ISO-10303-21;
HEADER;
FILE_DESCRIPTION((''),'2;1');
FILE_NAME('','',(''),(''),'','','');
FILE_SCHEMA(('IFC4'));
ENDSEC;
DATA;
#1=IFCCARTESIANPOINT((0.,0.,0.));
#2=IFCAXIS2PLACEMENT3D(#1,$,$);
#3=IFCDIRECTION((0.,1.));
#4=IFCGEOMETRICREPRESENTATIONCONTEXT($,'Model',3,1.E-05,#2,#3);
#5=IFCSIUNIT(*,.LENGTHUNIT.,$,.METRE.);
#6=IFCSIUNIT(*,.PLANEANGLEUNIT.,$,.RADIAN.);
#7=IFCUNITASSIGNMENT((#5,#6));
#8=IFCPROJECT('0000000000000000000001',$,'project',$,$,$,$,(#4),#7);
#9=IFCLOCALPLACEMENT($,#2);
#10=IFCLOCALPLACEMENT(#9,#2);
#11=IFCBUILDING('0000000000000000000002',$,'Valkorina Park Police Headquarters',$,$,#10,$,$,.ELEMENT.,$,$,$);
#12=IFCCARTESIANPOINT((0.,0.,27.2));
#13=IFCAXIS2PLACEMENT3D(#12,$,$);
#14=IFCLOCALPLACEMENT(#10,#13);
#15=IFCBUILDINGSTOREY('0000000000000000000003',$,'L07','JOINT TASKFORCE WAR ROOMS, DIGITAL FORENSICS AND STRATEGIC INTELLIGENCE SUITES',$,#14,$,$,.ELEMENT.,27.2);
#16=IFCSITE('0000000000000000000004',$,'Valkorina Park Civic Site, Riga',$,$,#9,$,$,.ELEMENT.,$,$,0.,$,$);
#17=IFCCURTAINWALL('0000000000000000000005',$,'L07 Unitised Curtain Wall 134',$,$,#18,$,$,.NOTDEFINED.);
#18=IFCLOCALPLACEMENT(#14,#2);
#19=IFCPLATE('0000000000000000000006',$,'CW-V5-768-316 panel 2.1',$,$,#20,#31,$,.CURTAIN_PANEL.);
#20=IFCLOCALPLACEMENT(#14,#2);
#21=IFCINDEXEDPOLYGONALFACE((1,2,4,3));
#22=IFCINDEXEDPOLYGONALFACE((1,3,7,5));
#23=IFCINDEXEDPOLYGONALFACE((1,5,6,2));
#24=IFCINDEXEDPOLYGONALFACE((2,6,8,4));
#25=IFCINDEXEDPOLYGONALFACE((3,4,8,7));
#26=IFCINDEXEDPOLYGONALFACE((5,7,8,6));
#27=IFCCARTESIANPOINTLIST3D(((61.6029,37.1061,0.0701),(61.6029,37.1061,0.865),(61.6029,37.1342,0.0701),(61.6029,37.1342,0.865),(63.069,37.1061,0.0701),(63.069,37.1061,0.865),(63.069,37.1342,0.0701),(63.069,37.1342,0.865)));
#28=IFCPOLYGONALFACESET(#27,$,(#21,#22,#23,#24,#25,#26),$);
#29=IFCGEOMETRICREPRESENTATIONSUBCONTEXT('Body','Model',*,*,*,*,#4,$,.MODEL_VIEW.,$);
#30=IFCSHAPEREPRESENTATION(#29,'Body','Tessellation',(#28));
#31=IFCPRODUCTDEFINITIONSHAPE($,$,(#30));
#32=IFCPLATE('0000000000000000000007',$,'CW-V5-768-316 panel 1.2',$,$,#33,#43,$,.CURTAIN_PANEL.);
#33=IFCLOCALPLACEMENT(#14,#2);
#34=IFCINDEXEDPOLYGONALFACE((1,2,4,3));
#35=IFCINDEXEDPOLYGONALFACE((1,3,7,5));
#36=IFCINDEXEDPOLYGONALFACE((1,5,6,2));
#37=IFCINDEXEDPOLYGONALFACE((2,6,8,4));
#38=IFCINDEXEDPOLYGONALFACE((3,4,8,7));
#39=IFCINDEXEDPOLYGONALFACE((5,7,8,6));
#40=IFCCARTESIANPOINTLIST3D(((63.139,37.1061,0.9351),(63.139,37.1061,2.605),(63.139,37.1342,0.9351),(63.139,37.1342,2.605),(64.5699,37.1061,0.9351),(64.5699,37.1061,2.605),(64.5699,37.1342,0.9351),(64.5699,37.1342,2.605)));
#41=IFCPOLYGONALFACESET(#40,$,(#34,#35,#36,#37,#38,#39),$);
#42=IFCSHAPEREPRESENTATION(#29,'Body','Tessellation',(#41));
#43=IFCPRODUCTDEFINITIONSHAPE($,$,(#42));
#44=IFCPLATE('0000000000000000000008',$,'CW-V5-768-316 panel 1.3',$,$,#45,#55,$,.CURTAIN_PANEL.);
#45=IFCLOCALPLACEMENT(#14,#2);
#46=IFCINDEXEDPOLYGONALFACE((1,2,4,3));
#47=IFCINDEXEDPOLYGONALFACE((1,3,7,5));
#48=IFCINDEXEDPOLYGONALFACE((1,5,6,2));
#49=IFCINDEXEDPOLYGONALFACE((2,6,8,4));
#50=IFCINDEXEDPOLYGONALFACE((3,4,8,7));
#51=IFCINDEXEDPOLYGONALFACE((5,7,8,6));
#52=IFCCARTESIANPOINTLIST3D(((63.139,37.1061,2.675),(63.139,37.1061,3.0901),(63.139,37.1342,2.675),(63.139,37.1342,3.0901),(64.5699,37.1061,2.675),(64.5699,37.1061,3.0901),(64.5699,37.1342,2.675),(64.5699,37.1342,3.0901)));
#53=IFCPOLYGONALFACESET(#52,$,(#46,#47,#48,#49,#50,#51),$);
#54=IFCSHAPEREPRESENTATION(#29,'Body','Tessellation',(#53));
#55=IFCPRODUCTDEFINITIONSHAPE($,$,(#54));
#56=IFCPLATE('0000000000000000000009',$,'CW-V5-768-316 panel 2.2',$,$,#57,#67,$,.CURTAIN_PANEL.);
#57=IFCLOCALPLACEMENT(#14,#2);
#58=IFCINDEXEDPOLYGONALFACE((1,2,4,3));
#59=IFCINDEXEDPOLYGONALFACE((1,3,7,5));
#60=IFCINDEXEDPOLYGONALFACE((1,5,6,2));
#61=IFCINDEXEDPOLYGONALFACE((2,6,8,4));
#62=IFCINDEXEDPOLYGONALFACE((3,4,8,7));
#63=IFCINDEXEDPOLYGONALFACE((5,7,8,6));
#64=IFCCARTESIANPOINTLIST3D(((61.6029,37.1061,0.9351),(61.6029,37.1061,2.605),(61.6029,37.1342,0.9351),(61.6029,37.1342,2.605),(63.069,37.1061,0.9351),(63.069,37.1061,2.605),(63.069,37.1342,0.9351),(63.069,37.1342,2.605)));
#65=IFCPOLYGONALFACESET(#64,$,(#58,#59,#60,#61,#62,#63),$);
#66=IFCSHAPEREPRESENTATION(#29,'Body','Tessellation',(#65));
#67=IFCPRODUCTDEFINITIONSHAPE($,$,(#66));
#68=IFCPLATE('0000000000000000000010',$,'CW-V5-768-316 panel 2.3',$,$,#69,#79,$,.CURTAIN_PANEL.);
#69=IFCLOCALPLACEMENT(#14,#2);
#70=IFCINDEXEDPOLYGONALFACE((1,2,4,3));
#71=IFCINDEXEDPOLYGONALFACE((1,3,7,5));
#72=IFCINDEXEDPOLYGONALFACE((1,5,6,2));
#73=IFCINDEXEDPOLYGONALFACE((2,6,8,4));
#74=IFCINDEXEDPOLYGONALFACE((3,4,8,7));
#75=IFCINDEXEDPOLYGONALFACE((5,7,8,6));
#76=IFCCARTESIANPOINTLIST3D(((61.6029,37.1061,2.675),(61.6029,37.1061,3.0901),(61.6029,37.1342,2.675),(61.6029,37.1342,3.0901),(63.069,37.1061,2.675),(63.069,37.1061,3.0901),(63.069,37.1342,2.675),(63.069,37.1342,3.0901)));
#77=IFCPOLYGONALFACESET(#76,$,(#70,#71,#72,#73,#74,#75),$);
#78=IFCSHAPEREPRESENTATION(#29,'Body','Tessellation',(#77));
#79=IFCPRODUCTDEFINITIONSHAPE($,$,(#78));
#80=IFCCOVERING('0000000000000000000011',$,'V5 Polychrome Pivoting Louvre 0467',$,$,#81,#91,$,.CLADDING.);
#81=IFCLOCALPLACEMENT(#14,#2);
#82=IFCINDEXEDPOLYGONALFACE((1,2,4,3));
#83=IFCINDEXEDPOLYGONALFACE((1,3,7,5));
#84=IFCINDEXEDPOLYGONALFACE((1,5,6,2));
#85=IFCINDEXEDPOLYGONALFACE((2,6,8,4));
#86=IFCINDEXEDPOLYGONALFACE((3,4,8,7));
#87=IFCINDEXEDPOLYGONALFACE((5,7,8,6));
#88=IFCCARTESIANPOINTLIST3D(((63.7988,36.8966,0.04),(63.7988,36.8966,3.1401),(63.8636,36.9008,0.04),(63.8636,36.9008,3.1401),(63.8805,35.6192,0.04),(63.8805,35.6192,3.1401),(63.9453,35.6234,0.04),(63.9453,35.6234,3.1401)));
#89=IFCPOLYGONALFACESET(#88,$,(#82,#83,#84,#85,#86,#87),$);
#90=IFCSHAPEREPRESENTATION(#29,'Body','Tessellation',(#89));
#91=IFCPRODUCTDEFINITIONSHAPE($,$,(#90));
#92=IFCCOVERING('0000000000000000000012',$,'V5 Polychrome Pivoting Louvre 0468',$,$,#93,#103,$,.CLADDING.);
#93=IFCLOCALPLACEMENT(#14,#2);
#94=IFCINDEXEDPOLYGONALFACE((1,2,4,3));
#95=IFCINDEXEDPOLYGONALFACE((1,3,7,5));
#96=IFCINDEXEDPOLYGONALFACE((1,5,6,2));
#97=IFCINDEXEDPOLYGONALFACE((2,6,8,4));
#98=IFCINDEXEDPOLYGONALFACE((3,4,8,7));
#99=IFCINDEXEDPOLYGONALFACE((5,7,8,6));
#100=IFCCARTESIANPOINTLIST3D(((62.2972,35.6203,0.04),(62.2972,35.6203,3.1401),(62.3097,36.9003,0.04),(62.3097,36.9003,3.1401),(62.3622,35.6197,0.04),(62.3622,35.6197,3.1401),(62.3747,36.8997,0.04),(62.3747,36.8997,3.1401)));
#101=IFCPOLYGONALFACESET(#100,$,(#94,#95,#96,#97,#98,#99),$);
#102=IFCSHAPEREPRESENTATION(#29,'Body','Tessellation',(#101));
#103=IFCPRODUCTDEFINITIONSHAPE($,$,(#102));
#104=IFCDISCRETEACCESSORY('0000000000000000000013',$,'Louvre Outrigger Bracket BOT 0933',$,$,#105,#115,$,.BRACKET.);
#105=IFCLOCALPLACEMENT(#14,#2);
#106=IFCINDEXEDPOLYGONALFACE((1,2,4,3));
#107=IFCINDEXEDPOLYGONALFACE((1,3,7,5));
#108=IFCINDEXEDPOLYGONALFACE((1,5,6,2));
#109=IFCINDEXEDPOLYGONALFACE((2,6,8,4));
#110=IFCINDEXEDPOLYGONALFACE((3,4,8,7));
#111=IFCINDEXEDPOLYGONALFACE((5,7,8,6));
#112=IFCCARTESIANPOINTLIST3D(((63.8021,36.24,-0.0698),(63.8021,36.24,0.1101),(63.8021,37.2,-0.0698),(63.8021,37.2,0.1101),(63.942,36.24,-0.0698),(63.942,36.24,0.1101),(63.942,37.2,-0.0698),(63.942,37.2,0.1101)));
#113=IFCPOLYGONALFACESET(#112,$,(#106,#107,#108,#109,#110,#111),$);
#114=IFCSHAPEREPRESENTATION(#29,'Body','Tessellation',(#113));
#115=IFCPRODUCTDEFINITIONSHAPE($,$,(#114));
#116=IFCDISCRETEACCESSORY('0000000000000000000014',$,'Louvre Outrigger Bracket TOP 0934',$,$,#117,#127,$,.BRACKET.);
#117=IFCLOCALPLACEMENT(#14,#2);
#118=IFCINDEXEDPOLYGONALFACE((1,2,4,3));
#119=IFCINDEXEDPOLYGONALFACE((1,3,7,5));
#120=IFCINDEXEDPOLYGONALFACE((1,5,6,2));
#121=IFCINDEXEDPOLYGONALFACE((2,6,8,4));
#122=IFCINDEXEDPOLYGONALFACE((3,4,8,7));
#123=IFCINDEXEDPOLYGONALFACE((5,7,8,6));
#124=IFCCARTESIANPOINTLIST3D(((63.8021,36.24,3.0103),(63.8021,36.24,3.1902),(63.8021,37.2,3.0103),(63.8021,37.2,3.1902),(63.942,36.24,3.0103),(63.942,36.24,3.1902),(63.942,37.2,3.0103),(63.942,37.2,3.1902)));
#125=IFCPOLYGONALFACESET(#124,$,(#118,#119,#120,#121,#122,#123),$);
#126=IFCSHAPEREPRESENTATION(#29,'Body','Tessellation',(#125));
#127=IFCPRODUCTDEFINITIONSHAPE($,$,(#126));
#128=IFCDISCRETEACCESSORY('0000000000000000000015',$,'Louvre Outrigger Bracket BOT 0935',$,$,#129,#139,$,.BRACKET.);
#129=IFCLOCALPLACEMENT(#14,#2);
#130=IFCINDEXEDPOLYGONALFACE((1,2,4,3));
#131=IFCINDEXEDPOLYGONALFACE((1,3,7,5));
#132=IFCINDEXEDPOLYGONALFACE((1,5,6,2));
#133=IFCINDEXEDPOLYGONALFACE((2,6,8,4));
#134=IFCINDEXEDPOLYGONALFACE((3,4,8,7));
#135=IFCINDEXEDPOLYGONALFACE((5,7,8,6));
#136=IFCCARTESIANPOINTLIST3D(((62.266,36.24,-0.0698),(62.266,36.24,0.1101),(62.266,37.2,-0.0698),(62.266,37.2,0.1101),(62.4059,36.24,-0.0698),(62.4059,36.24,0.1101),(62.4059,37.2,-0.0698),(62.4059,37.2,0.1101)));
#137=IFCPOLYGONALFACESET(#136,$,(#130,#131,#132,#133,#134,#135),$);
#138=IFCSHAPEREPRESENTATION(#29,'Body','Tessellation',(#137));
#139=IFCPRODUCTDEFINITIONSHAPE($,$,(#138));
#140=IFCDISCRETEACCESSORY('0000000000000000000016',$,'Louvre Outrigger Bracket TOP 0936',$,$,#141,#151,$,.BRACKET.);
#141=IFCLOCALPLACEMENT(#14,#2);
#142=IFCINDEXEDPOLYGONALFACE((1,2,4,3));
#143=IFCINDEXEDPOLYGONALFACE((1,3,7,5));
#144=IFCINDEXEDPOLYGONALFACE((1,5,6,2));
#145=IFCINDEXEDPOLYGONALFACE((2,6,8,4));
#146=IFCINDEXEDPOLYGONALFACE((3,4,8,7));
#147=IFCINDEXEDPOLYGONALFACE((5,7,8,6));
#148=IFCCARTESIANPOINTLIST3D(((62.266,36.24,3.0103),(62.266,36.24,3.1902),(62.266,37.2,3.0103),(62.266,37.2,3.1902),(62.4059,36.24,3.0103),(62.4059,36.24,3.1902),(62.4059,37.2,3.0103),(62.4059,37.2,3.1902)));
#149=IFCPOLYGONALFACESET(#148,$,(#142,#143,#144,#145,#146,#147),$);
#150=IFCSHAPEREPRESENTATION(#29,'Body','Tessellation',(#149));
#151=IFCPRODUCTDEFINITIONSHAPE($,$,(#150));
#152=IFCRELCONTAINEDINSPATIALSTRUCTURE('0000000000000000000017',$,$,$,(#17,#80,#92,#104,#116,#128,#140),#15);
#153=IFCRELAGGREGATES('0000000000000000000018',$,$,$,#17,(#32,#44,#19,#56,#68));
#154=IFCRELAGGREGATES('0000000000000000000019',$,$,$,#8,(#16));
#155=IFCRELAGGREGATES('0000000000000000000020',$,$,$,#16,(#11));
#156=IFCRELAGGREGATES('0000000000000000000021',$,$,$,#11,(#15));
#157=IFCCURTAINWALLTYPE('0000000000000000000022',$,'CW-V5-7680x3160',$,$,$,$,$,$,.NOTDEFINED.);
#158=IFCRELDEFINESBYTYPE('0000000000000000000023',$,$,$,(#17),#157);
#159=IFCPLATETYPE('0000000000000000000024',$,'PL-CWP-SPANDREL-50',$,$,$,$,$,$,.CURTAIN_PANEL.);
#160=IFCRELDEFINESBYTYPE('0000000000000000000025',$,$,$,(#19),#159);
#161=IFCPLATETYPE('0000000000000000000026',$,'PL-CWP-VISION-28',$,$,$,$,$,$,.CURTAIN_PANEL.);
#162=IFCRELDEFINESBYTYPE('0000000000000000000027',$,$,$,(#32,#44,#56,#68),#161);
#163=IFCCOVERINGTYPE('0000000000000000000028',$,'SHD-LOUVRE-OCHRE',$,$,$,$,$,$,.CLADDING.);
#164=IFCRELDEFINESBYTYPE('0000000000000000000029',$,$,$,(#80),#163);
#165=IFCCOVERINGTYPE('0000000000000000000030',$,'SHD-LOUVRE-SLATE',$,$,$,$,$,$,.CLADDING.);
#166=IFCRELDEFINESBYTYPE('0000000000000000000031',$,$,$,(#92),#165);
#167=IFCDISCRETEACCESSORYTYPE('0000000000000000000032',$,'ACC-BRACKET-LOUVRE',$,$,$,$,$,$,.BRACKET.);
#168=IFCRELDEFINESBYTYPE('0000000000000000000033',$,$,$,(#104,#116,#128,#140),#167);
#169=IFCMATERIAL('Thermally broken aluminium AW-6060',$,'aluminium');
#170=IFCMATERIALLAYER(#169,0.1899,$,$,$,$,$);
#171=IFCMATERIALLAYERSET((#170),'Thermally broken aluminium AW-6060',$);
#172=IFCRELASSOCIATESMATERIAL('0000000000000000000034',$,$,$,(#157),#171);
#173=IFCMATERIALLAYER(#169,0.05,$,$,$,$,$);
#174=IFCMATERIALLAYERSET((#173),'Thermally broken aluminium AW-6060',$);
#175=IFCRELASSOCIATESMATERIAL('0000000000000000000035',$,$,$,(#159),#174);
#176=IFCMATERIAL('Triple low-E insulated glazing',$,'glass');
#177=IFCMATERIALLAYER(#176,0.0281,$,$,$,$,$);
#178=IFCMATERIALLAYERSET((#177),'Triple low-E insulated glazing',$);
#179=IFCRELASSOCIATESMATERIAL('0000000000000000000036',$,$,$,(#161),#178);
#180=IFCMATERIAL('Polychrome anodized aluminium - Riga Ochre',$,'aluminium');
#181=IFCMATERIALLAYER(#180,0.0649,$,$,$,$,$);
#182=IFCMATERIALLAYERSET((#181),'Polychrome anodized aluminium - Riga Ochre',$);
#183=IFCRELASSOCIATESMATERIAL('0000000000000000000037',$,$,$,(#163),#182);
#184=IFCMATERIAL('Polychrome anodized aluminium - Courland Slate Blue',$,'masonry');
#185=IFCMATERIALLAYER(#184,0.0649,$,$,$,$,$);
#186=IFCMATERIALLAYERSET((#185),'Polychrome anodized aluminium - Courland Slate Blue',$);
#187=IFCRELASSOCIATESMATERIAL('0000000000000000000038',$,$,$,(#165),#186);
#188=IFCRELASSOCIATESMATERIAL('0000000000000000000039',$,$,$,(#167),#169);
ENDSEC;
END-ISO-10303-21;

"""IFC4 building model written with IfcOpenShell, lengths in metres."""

from ifc_helpers import new_model, si_unit, direction, frame, origin, origin_2d, place, context, subcontext, project, spatial, rectangle, extrude, material, layer, layer_set, type_object, element, aggregate, save


model = new_model("IFC4")

# Units and contexts
model_context = context("Model", 3, precision=1e-05, world=origin(), true_north=direction((0.0, 1.0)))
body_context = subcontext(model_context, "Body", "Model", "MODEL_VIEW")
ifc_project = project(units=[si_unit("LENGTHUNIT", "METRE"), si_unit("PLANEANGLEUNIT", "RADIAN")], contexts=[model_context])

# Site, building, storey
site_placement = place(None, origin())
site = spatial("IfcSite", under=ifc_project, at=site_placement, Name="Valkorina Park Civic Site, Riga", CompositionType="ELEMENT", RefElevation=0.0)
building_placement = place(site_placement, origin())
building = spatial("IfcBuilding", under=site, at=building_placement, Name="Valkorina Park Police Headquarters", CompositionType="ELEMENT")
storey_placement = place(building_placement, frame((0.0, 0.0, 27.2)))
storey = spatial("IfcBuildingStorey", under=building, at=storey_placement, Name="L07", Description="JOINT TASKFORCE WAR ROOMS, DIGITAL FORENSICS AND STRATEGIC INTELLIGENCE SUITES", CompositionType="ELEMENT", Elevation=27.2)

# Curtain wall, plates
ifc_material_1 = material(Name="Thermally broken aluminium AW-6060", Category="aluminium")
ifc_layer_1 = layer(ifc_material_1, 0.1899)
ifc_layer_set_1 = layer_set([ifc_layer_1], Name="Thermally broken aluminium AW-6060")
curtain_wall_type = type_object("IfcCurtainWallType", Name="CW-V5-7680x3160", PredefinedType="NOTDEFINED", material=ifc_layer_set_1)
curtain_wall_placement = place(storey_placement, origin())
curtain_wall = element("IfcCurtainWall", 1, at=curtain_wall_placement, inside=storey, type_object=curtain_wall_type, Name="L07 Unitised Curtain Wall 134", PredefinedType="NOTDEFINED")
ifc_layer_2 = layer(ifc_material_1, 0.05)
ifc_layer_set_2 = layer_set([ifc_layer_2], Name="Thermally broken aluminium AW-6060")
plate_type_1 = type_object("IfcPlateType", Name="PL-CWP-SPANDREL-50", PredefinedType="CURTAIN_PANEL", material=ifc_layer_set_2)
plate_1_placement = place(storey_placement, frame((62.3359, 37.1201, 0.0701), z_axis=(0.0, 0.0, 1.0), x_axis=(-1.0, 0.0, 0.0)))
plate_1 = element("IfcPlate", 2, at=plate_1_placement, type_object=plate_type_1, Name="CW-V5-768-316 panel 2.1", PredefinedType="CURTAIN_PANEL", context=body_context, shape_type="SweptSolid", body=[
    extrude(rectangle(XDim=1.4661, YDim=0.0281, at=origin_2d()), origin(), (0.0, 0.0, 1.0), 0.7949),
])
ifc_material_2 = material(Name="Triple low-E insulated glazing", Category="glass")
ifc_layer_3 = layer(ifc_material_2, 0.0281)
ifc_layer_set_3 = layer_set([ifc_layer_3], Name="Triple low-E insulated glazing")
plate_type_2 = type_object("IfcPlateType", Name="PL-CWP-VISION-28", PredefinedType="CURTAIN_PANEL", material=ifc_layer_set_3)
plate_2_placement = place(storey_placement, frame((63.8545, 37.1201, 0.9351), z_axis=(0.0, 0.0, 1.0), x_axis=(-1.0, 0.0, 0.0)))
plate_2 = element("IfcPlate", 3, at=plate_2_placement, type_object=plate_type_2, Name="CW-V5-768-316 panel 1.2", PredefinedType="CURTAIN_PANEL", context=body_context, shape_type="SweptSolid", body=[
    extrude(rectangle(XDim=1.4309, YDim=0.0281, at=origin_2d()), origin(), (0.0, 0.0, 1.0), 1.6699),
])
plate_3_placement = place(storey_placement, frame((63.8545, 37.1201, 2.675), z_axis=(0.0, 0.0, 1.0), x_axis=(-1.0, 0.0, 0.0)))
plate_3 = element("IfcPlate", 4, at=plate_3_placement, type_object=plate_type_2, Name="CW-V5-768-316 panel 1.3", PredefinedType="CURTAIN_PANEL", context=body_context, shape_type="SweptSolid", body=[
    extrude(rectangle(XDim=1.4309, YDim=0.0281, at=origin_2d()), origin(), (0.0, 0.0, 1.0), 0.415),
])
plate_4_placement = place(storey_placement, frame((62.3359, 37.1201, 0.9351), z_axis=(0.0, 0.0, 1.0), x_axis=(-1.0, 0.0, 0.0)))
plate_4 = element("IfcPlate", 5, at=plate_4_placement, type_object=plate_type_2, Name="CW-V5-768-316 panel 2.2", PredefinedType="CURTAIN_PANEL", context=body_context, shape_type="SweptSolid", body=[
    extrude(rectangle(XDim=1.4661, YDim=0.0281, at=origin_2d()), origin(), (0.0, 0.0, 1.0), 1.6699),
])
plate_5_placement = place(storey_placement, frame((62.3359, 37.1201, 2.675), z_axis=(0.0, 0.0, 1.0), x_axis=(-1.0, 0.0, 0.0)))
plate_5 = element("IfcPlate", 6, at=plate_5_placement, type_object=plate_type_2, Name="CW-V5-768-316 panel 2.3", PredefinedType="CURTAIN_PANEL", context=body_context, shape_type="SweptSolid", body=[
    extrude(rectangle(XDim=1.4661, YDim=0.0281, at=origin_2d()), origin(), (0.0, 0.0, 1.0), 0.415),
])
aggregate(curtain_wall, [plate_2, plate_3, plate_1, plate_4, plate_5])

# Coverings
ifc_material_3 = material(Name="Polychrome anodized aluminium - Riga Ochre", Category="aluminium")
ifc_layer_4 = layer(ifc_material_3, 0.0649)
ifc_layer_set_4 = layer_set([ifc_layer_4], Name="Polychrome anodized aluminium - Riga Ochre")
covering_type_1 = type_object("IfcCoveringType", Name="SHD-LOUVRE-OCHRE", PredefinedType="CLADDING", material=ifc_layer_set_4)
covering_1_placement = place(storey_placement, frame((63.8721, 36.26, 0.04), z_axis=(0.0, 0.0, 1.0), x_axis=(0.063836, -0.99796, 0.0)))
element("IfcCovering", 7, at=covering_1_placement, inside=storey, type_object=covering_type_1, Name="V5 Polychrome Pivoting Louvre 0467", PredefinedType="CLADDING", context=body_context, shape_type="SweptSolid", body=[
    extrude(rectangle(XDim=1.28, YDim=0.0649, at=origin_2d()), origin(), (0.0, 0.0, 1.0), 3.1001),
])
ifc_material_4 = material(Name="Polychrome anodized aluminium - Courland Slate Blue", Category="masonry")
ifc_layer_5 = layer(ifc_material_4, 0.0649)
ifc_layer_set_5 = layer_set([ifc_layer_5], Name="Polychrome anodized aluminium - Courland Slate Blue")
covering_type_2 = type_object("IfcCoveringType", Name="SHD-LOUVRE-SLATE", PredefinedType="CLADDING", material=ifc_layer_set_5)
covering_2_placement = place(storey_placement, frame((62.3359, 36.26, 0.04), z_axis=(0.0, 0.0, 1.0), x_axis=(-0.009774, -0.999952, 0.0)))
element("IfcCovering", 8, at=covering_2_placement, inside=storey, type_object=covering_type_2, Name="V5 Polychrome Pivoting Louvre 0468", PredefinedType="CLADDING", context=body_context, shape_type="SweptSolid", body=[
    extrude(rectangle(XDim=1.28, YDim=0.0649, at=origin_2d()), origin(), (0.0, 0.0, 1.0), 3.1001),
])

# Discrete accessories
discrete_accessory_type = type_object("IfcDiscreteAccessoryType", Name="ACC-BRACKET-LOUVRE", PredefinedType="BRACKET", material=ifc_material_1)
for number, where, z_axis, x_axis, name in (
    (9, (63.8721, 36.72, -0.0698), (0.0, 0.0, 1.0), (0.0, -1.0, 0.0), "Louvre Outrigger Bracket BOT 0933"),
    (10, (63.8721, 36.72, 3.0103), (0.0, 0.0, 1.0), (0.0, -1.0, 0.0), "Louvre Outrigger Bracket TOP 0934"),
    (11, (62.3359, 36.72, -0.0698), (0.0, 0.0, 1.0), (0.0, -1.0, 0.0), "Louvre Outrigger Bracket BOT 0935"),
    (12, (62.3359, 36.72, 3.0103), (0.0, 0.0, 1.0), (0.0, -1.0, 0.0), "Louvre Outrigger Bracket TOP 0936"),
):
    element("IfcDiscreteAccessory", number, at=place(storey_placement, frame(where, z_axis=z_axis, x_axis=x_axis)), inside=storey, type_object=discrete_accessory_type, Name=name, PredefinedType="BRACKET", context=body_context, shape_type="SweptSolid", body=[
        extrude(rectangle(XDim=0.96, YDim=0.1399, at=origin_2d()), origin(), (0.0, 0.0, 1.0), 0.1799),
    ])

save(model, "model.ifc")
